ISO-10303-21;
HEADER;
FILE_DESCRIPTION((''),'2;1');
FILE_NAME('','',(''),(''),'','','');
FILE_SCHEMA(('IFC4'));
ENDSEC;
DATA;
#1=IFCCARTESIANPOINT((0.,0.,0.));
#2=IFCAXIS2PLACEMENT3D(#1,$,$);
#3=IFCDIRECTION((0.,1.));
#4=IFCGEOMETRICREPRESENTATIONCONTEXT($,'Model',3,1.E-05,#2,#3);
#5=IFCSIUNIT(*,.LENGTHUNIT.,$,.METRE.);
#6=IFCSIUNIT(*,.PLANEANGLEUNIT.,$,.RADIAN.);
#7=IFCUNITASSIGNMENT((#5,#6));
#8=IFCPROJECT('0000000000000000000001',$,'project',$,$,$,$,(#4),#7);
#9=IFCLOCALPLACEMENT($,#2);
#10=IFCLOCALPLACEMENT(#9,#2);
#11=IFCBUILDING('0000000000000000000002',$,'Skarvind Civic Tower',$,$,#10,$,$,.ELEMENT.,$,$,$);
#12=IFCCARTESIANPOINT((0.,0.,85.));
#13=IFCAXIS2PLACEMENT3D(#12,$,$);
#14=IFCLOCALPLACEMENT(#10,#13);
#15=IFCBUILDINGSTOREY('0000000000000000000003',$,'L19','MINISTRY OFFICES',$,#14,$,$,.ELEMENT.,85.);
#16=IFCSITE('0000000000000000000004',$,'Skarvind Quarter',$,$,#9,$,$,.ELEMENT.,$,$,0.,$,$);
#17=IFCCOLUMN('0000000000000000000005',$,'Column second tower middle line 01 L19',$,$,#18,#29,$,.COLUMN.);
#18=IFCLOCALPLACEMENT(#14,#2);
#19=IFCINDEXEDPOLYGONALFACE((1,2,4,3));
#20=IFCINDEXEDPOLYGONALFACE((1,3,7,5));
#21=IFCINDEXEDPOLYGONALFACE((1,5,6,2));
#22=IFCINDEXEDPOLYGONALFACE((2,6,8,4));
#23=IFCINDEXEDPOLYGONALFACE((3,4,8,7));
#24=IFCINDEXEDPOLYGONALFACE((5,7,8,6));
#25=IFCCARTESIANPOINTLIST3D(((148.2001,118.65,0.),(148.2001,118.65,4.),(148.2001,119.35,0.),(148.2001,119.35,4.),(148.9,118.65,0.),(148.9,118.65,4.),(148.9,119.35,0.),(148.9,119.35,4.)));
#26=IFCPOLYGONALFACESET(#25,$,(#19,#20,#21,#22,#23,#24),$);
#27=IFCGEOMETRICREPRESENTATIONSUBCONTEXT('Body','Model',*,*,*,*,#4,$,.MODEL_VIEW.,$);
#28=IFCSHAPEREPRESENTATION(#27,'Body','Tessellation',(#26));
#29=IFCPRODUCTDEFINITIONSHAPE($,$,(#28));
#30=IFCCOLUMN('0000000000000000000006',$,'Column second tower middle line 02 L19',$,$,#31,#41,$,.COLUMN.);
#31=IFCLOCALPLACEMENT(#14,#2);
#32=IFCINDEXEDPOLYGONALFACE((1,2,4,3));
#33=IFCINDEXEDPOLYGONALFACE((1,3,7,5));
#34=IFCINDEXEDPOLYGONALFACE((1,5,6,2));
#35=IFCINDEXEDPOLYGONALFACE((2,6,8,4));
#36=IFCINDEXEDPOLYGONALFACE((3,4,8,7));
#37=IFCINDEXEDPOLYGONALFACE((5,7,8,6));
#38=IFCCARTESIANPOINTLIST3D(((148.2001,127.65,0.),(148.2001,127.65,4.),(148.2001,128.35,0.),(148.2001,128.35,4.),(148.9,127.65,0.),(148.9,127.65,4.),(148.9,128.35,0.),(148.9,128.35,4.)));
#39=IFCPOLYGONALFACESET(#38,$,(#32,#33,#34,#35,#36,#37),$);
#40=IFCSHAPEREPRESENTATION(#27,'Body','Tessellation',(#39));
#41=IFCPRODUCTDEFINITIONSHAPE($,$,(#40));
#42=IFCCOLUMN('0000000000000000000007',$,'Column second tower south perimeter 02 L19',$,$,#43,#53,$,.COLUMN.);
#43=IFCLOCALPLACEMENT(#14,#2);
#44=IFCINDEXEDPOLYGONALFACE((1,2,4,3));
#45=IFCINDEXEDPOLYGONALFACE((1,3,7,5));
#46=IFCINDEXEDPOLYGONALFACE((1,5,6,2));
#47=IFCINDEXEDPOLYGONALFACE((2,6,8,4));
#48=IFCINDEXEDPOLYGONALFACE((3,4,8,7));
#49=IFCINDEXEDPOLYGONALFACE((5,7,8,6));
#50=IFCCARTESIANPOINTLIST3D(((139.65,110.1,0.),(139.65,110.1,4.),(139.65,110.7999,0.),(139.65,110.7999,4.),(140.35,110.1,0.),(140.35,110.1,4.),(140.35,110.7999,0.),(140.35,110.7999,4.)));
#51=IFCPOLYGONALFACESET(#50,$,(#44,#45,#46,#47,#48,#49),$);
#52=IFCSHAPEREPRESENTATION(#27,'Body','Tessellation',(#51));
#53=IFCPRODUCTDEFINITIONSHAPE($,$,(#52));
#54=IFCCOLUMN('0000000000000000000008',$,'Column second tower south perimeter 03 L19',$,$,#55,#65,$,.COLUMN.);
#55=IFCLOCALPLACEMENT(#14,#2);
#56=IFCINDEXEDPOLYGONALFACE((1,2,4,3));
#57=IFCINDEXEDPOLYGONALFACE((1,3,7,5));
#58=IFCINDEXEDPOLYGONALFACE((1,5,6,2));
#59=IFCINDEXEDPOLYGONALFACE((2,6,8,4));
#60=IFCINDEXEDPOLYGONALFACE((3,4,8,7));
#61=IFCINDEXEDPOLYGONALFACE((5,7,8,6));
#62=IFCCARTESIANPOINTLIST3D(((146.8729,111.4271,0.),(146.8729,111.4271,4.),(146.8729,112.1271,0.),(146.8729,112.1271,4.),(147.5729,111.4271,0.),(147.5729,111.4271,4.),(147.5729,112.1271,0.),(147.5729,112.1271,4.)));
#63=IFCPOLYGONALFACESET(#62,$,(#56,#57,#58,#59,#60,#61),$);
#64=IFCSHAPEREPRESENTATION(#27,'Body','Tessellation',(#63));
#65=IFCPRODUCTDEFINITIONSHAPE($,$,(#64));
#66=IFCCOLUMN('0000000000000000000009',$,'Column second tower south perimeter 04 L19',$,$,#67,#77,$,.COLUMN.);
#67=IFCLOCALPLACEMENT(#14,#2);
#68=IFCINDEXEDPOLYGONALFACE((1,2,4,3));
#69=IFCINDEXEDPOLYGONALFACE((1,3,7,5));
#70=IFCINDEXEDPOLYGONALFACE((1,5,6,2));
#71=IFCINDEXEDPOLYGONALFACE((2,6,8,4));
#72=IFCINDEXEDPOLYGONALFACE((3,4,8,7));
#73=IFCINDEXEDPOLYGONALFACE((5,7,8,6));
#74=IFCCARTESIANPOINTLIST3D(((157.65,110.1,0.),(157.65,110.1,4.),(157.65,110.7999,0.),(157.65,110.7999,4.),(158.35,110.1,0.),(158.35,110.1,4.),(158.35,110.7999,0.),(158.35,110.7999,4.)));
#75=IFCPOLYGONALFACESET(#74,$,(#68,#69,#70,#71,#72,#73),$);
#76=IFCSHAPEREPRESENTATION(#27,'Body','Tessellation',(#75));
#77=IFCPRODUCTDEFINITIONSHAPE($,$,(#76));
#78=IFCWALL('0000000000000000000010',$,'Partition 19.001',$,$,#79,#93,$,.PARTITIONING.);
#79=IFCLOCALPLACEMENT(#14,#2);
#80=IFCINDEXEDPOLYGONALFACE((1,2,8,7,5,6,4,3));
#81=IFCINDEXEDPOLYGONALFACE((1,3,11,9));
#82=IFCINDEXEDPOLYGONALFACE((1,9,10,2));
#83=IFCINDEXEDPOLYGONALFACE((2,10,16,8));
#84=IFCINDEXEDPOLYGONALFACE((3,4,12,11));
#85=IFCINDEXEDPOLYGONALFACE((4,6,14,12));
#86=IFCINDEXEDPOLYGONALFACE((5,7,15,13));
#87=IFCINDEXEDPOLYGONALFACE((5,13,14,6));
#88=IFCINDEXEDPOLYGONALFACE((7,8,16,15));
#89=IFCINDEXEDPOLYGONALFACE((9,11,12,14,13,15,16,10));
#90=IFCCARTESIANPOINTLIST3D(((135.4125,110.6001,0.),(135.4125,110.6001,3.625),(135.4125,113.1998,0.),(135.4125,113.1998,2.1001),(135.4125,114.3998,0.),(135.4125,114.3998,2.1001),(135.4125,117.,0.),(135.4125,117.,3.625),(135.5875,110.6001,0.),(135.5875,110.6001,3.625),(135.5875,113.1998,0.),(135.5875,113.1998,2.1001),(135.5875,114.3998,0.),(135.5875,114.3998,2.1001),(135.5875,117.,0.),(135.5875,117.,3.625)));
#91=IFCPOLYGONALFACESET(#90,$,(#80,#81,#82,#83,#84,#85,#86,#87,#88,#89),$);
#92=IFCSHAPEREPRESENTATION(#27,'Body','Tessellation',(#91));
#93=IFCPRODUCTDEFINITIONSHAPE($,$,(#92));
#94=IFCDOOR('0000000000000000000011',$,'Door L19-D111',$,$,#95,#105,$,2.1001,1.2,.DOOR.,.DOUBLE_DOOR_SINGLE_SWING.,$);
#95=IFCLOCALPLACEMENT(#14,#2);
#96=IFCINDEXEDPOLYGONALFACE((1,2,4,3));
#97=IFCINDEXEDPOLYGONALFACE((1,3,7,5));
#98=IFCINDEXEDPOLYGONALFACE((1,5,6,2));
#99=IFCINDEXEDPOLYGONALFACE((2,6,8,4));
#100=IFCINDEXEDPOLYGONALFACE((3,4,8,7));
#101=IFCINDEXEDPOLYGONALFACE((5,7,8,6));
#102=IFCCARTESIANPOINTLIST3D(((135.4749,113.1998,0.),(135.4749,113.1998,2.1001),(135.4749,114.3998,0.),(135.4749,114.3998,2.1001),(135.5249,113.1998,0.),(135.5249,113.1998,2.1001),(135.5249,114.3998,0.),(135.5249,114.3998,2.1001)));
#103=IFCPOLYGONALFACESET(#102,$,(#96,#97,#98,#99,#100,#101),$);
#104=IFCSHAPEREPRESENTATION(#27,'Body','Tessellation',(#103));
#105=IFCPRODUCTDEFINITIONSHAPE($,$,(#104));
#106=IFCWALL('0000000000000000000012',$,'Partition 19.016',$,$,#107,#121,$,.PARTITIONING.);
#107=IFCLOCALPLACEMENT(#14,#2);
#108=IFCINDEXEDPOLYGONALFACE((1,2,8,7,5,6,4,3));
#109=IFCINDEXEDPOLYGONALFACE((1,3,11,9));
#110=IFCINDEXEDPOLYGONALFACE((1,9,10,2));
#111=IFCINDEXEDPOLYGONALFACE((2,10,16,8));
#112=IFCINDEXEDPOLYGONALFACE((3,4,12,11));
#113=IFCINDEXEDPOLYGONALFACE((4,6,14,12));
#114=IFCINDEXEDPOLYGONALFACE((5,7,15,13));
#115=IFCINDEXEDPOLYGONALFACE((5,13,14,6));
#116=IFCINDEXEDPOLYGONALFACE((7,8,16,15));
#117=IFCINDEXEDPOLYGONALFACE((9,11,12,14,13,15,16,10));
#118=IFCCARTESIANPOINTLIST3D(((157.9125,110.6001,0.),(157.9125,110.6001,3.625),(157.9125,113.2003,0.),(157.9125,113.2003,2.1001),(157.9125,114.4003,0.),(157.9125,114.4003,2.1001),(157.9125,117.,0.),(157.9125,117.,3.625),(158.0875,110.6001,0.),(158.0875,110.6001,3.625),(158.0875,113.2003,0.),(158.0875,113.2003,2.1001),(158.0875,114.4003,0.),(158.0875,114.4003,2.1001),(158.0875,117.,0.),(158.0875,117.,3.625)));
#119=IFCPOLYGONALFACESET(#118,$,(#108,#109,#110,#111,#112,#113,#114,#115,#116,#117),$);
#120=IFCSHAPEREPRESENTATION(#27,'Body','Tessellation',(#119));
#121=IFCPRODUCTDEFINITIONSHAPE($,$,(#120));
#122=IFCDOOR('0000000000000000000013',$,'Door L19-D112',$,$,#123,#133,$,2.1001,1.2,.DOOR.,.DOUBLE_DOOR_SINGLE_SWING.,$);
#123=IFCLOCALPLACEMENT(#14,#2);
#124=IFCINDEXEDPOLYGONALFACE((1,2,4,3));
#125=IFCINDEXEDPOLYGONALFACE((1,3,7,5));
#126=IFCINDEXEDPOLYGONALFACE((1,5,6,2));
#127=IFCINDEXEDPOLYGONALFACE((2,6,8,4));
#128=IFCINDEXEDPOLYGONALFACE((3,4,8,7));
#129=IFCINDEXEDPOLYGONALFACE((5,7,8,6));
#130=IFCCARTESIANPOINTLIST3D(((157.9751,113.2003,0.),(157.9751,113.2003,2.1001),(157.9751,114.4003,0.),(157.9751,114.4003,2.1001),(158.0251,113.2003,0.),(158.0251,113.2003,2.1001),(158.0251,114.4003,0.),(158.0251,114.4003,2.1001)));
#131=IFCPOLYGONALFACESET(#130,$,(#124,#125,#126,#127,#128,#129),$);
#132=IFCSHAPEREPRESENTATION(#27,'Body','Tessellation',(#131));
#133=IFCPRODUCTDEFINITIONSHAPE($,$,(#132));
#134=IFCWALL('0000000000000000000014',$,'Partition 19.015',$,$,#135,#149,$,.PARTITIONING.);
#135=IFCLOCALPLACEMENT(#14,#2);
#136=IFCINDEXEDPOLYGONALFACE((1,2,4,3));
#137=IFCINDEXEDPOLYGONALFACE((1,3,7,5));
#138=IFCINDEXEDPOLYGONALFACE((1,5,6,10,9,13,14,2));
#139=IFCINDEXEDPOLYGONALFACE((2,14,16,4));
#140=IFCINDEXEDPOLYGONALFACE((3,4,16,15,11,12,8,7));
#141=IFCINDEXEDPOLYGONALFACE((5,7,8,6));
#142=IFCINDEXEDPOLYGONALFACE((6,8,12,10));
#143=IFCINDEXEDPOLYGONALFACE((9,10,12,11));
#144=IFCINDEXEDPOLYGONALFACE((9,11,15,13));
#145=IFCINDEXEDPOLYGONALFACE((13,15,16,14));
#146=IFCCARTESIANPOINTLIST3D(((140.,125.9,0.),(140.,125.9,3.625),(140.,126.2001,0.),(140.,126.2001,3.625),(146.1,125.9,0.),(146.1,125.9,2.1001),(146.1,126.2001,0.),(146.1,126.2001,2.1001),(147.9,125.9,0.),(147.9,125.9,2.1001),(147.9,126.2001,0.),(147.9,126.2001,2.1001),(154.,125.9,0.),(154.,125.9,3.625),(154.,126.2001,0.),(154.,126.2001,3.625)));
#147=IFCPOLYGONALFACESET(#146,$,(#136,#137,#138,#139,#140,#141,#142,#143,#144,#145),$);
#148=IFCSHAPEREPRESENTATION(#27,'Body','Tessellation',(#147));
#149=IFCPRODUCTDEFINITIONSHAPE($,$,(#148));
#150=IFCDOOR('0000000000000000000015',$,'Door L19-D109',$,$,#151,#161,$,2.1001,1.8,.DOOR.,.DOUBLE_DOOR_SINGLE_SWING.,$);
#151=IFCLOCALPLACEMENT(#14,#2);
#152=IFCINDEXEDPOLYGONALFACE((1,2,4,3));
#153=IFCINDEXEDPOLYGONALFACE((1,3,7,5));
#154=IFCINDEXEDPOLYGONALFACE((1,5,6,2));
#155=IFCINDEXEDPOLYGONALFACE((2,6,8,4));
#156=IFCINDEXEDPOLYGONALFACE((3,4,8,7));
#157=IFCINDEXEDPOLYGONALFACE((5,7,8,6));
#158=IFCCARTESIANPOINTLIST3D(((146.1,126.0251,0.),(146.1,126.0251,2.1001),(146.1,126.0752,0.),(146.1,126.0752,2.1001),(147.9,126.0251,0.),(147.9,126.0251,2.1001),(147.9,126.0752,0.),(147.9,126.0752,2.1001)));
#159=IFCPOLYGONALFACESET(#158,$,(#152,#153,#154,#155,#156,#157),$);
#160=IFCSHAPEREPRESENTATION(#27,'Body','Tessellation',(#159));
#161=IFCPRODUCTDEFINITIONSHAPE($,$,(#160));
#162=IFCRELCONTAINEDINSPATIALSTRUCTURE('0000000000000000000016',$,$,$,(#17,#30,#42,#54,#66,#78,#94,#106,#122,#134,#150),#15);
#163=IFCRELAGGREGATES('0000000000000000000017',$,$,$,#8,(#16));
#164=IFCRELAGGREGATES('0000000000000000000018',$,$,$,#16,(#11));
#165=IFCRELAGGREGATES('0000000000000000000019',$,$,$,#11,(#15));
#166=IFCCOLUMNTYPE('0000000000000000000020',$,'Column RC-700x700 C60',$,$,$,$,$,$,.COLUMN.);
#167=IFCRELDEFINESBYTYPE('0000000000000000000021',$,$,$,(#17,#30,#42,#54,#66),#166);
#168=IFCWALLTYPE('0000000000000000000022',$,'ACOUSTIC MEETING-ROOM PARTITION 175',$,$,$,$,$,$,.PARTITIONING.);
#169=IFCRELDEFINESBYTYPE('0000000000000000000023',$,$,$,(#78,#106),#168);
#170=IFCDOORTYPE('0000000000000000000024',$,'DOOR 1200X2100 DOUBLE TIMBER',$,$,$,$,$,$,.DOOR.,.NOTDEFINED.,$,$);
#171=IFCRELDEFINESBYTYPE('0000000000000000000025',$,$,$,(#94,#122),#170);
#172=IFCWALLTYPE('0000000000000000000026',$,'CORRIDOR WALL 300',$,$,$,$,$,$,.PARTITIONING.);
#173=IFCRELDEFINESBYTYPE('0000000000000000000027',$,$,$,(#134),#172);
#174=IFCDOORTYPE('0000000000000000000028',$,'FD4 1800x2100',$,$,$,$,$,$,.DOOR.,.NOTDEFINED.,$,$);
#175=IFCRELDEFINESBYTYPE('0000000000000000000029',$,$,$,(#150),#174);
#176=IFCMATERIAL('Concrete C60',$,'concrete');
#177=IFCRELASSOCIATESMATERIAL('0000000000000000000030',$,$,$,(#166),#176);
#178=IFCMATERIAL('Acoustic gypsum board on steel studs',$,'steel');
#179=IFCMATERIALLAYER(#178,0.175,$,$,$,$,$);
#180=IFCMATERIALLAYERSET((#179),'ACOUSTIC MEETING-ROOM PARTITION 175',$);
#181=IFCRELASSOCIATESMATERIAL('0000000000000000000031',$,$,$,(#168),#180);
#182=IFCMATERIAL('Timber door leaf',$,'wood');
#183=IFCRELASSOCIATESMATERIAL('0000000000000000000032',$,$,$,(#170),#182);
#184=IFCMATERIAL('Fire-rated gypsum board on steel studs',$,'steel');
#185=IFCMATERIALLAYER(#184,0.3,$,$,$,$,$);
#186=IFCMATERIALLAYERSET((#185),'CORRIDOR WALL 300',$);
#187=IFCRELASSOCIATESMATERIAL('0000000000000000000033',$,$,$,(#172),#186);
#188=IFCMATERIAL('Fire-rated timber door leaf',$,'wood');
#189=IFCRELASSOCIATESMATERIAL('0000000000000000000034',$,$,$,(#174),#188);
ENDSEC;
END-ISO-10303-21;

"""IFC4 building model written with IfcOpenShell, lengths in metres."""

from ifc_helpers import new_model, si_unit, direction, frame, frame_2d, origin, origin_2d, place, context, subcontext, project, spatial, rectangle, extrude, material, layer, layer_set, material_profile, profile_set, type_object, element, fill, save


model = new_model("IFC4")

# Units and contexts
model_context = context("Model", 3, precision=1e-05, world=origin(), true_north=direction((0.0, 1.0)))
body_context = subcontext(model_context, "Body", "Model", "MODEL_VIEW")
ifc_project = project(units=[si_unit("LENGTHUNIT", "METRE"), si_unit("PLANEANGLEUNIT", "RADIAN")], contexts=[model_context])

# Site, building, storey
site_placement = place(None, origin())
site = spatial("IfcSite", under=ifc_project, at=site_placement, Name="Skarvind Quarter", CompositionType="ELEMENT", RefElevation=0.0)
building_placement = place(site_placement, origin())
building = spatial("IfcBuilding", under=site, at=building_placement, Name="Skarvind Civic Tower", CompositionType="ELEMENT")
storey_placement = place(building_placement, frame((0.0, 0.0, 85.0)))
storey = spatial("IfcBuildingStorey", under=building, at=storey_placement, Name="L19", Description="MINISTRY OFFICES", CompositionType="ELEMENT", Elevation=85.0)

# Columns
ifc_material_1 = material(Name="Concrete C60", Category="concrete")
ifc_material_profile = material_profile(ifc_material_1, rectangle(XDim=0.7, YDim=0.7, at=origin_2d()), Name="RC-700x700")
ifc_profile_set = profile_set([ifc_material_profile], Name="Concrete C60")
column_type = type_object("IfcColumnType", Name="Column RC-700x700 C60", PredefinedType="COLUMN", material=ifc_profile_set)
for number, where, z_axis, x_axis, name in (
    (1, (148.55, 119.0, 0.0), (0.0, 0.0, 1.0), (1.0, 0.0, 0.0), "Column second tower middle line 01 L19"),
    (2, (148.55, 128.0, 0.0), (0.0, 0.0, 1.0), (1.0, 0.0, 0.0), "Column second tower middle line 02 L19"),
    (3, (140.0, 110.45, 0.0), (0.0, 0.0, 1.0), (1.0, 0.0, 0.0), "Column second tower south perimeter 02 L19"),
    (4, (147.2229, 111.7771, 0.0), (0.0, 0.0, 1.0), (1.0, 0.0, 0.0), "Column second tower south perimeter 03 L19"),
    (5, (158.0, 110.45, 0.0), (0.0, 0.0, 1.0), (1.0, 0.0, 0.0), "Column second tower south perimeter 04 L19"),
):
    element("IfcColumn", number, at=place(storey_placement, frame(where, z_axis=z_axis, x_axis=x_axis)), inside=storey, type_object=column_type, Name=name, PredefinedType="COLUMN", context=body_context, shape_type="SweptSolid", body=[
        extrude(rectangle(XDim=0.7, YDim=0.7, at=origin_2d()), origin(), (0.0, 0.0, 1.0), 4.0),
    ])

# Walls, openings, doors
ifc_material_2 = material(Name="Acoustic gypsum board on steel studs", Category="steel")
ifc_layer_1 = layer(ifc_material_2, 0.175)
ifc_layer_set_1 = layer_set([ifc_layer_1], Name="ACOUSTIC MEETING-ROOM PARTITION 175")
wall_type_1 = type_object("IfcWallType", Name="ACOUSTIC MEETING-ROOM PARTITION 175", PredefinedType="PARTITIONING", material=ifc_layer_set_1)
wall_1_placement = place(storey_placement, frame((135.5, 117.0, 0.0), z_axis=(0.0, 0.0, 1.0), x_axis=(0.0, -1.0, 0.0)))
wall_1 = element("IfcWall", 6, at=wall_1_placement, inside=storey, type_object=wall_type_1, Name="Partition 19.001", PredefinedType="PARTITIONING", context=body_context, shape_type="SweptSolid", body=[
    extrude(rectangle(XDim=6.3999, YDim=0.175, at=frame_2d((3.2, 0.0))), origin(), (0.0, 0.0, 1.0), 3.625),
])
opening_1_placement = place(wall_1_placement, frame((2.6001, 0.0, 0.0)))
opening_1 = element("IfcOpeningElement", 7, at=opening_1_placement, cuts=wall_1, PredefinedType="OPENING", context=body_context, shape_type="SweptSolid", body=[
    extrude(rectangle(XDim=1.2, YDim=2.1001, at=frame_2d((0.6001, 1.05))), frame((0.0, 0.0974, 0.0), z_axis=(0.0, -1.0, 0.0), x_axis=(1.0, 0.0, 0.0)), (0.0, 0.0, 1.0), 0.1951),
])
ifc_material_3 = material(Name="Timber door leaf", Category="wood")
door_type_1 = type_object("IfcDoorType", Name="DOOR 1200X2100 DOUBLE TIMBER", OperationType="NOTDEFINED", PredefinedType="DOOR", material=ifc_material_3)
door_1_placement = place(opening_1_placement, origin())
door_1 = element("IfcDoor", 8, at=door_1_placement, inside=storey, type_object=door_type_1, Name="Door L19-D111", OperationType="DOUBLE_DOOR_SINGLE_SWING", OverallHeight=2.1001, OverallWidth=1.2, PredefinedType="DOOR", context=body_context, shape_type="SweptSolid", body=[
    extrude(rectangle(XDim=1.2, YDim=2.1001, at=frame_2d((0.6001, 1.05))), frame((0.0, 0.0249, 0.0), z_axis=(0.0, -1.0, 0.0), x_axis=(1.0, 0.0, 0.0)), (0.0, 0.0, 1.0), 0.05),
])
fill(opening_1, door_1)
wall_2_placement = place(storey_placement, frame((158.0, 110.6001, 0.0), z_axis=(0.0, 0.0, 1.0), x_axis=(0.0, 1.0, 0.0)))
wall_2 = element("IfcWall", 9, at=wall_2_placement, inside=storey, type_object=wall_type_1, Name="Partition 19.016", PredefinedType="PARTITIONING", context=body_context, shape_type="SweptSolid", body=[
    extrude(rectangle(XDim=6.3999, YDim=0.175, at=frame_2d((3.2, 0.0))), origin(), (0.0, 0.0, 1.0), 3.625),
])
opening_2_placement = place(wall_2_placement, frame((2.6001, 0.0, 0.0)))
opening_2 = element("IfcOpeningElement", 10, at=opening_2_placement, cuts=wall_2, PredefinedType="OPENING", context=body_context, shape_type="SweptSolid", body=[
    extrude(rectangle(XDim=1.2, YDim=2.1001, at=frame_2d((0.6001, 1.05))), frame((0.0, 0.0974, 0.0), z_axis=(0.0, -1.0, 0.0), x_axis=(1.0, 0.0, 0.0)), (0.0, 0.0, 1.0), 0.1951),
])
door_2_placement = place(opening_2_placement, origin())
door_2 = element("IfcDoor", 11, at=door_2_placement, inside=storey, type_object=door_type_1, Name="Door L19-D112", OperationType="DOUBLE_DOOR_SINGLE_SWING", OverallHeight=2.1001, OverallWidth=1.2, PredefinedType="DOOR", context=body_context, shape_type="SweptSolid", body=[
    extrude(rectangle(XDim=1.2, YDim=2.1001, at=frame_2d((0.6001, 1.05))), frame((0.0, 0.0249, 0.0), z_axis=(0.0, -1.0, 0.0), x_axis=(1.0, 0.0, 0.0)), (0.0, 0.0, 1.0), 0.05),
])
fill(opening_2, door_2)
ifc_material_4 = material(Name="Fire-rated gypsum board on steel studs", Category="steel")
ifc_layer_2 = layer(ifc_material_4, 0.3)
ifc_layer_set_2 = layer_set([ifc_layer_2], Name="CORRIDOR WALL 300")
wall_type_2 = type_object("IfcWallType", Name="CORRIDOR WALL 300", PredefinedType="PARTITIONING", material=ifc_layer_set_2)
wall_3_placement = place(storey_placement, frame((154.0, 126.05, 0.0), z_axis=(0.0, 0.0, 1.0), x_axis=(-1.0, 0.0, 0.0)))
wall_3 = element("IfcWall", 12, at=wall_3_placement, inside=storey, type_object=wall_type_2, Name="Partition 19.015", PredefinedType="PARTITIONING", context=body_context, shape_type="SweptSolid", body=[
    extrude(rectangle(XDim=14.0, YDim=0.3, at=frame_2d((7.0, 0.0))), origin(), (0.0, 0.0, 1.0), 3.625),
])
opening_3_placement = place(wall_3_placement, frame((6.1001, 0.0, 0.0)))
opening_3 = element("IfcOpeningElement", 13, at=opening_3_placement, cuts=wall_3, PredefinedType="OPENING", context=body_context, shape_type="SweptSolid", body=[
    extrude(rectangle(XDim=1.8, YDim=2.1001, at=frame_2d((0.8999, 1.05))), frame((0.0, 0.1599, 0.0), z_axis=(0.0, -1.0, 0.0), x_axis=(1.0, 0.0, 0.0)), (0.0, 0.0, 1.0), 0.3201),
])
ifc_material_5 = material(Name="Fire-rated timber door leaf", Category="wood")
door_type_2 = type_object("IfcDoorType", Name="FD4 1800x2100", OperationType="NOTDEFINED", PredefinedType="DOOR", material=ifc_material_5)
door_3_placement = place(opening_3_placement, origin())
door_3 = element("IfcDoor", 14, at=door_3_placement, inside=storey, type_object=door_type_2, Name="Door L19-D109", OperationType="DOUBLE_DOOR_SINGLE_SWING", OverallHeight=2.1001, OverallWidth=1.8, PredefinedType="DOOR", context=body_context, shape_type="SweptSolid", body=[
    extrude(rectangle(XDim=1.8, YDim=2.1001, at=frame_2d((0.8999, 1.05))), frame((0.0, 0.0249, 0.0), z_axis=(0.0, -1.0, 0.0), x_axis=(1.0, 0.0, 0.0)), (0.0, 0.0, 1.0), 0.05),
])
fill(opening_3, door_3)

save(model, "model.ifc")
